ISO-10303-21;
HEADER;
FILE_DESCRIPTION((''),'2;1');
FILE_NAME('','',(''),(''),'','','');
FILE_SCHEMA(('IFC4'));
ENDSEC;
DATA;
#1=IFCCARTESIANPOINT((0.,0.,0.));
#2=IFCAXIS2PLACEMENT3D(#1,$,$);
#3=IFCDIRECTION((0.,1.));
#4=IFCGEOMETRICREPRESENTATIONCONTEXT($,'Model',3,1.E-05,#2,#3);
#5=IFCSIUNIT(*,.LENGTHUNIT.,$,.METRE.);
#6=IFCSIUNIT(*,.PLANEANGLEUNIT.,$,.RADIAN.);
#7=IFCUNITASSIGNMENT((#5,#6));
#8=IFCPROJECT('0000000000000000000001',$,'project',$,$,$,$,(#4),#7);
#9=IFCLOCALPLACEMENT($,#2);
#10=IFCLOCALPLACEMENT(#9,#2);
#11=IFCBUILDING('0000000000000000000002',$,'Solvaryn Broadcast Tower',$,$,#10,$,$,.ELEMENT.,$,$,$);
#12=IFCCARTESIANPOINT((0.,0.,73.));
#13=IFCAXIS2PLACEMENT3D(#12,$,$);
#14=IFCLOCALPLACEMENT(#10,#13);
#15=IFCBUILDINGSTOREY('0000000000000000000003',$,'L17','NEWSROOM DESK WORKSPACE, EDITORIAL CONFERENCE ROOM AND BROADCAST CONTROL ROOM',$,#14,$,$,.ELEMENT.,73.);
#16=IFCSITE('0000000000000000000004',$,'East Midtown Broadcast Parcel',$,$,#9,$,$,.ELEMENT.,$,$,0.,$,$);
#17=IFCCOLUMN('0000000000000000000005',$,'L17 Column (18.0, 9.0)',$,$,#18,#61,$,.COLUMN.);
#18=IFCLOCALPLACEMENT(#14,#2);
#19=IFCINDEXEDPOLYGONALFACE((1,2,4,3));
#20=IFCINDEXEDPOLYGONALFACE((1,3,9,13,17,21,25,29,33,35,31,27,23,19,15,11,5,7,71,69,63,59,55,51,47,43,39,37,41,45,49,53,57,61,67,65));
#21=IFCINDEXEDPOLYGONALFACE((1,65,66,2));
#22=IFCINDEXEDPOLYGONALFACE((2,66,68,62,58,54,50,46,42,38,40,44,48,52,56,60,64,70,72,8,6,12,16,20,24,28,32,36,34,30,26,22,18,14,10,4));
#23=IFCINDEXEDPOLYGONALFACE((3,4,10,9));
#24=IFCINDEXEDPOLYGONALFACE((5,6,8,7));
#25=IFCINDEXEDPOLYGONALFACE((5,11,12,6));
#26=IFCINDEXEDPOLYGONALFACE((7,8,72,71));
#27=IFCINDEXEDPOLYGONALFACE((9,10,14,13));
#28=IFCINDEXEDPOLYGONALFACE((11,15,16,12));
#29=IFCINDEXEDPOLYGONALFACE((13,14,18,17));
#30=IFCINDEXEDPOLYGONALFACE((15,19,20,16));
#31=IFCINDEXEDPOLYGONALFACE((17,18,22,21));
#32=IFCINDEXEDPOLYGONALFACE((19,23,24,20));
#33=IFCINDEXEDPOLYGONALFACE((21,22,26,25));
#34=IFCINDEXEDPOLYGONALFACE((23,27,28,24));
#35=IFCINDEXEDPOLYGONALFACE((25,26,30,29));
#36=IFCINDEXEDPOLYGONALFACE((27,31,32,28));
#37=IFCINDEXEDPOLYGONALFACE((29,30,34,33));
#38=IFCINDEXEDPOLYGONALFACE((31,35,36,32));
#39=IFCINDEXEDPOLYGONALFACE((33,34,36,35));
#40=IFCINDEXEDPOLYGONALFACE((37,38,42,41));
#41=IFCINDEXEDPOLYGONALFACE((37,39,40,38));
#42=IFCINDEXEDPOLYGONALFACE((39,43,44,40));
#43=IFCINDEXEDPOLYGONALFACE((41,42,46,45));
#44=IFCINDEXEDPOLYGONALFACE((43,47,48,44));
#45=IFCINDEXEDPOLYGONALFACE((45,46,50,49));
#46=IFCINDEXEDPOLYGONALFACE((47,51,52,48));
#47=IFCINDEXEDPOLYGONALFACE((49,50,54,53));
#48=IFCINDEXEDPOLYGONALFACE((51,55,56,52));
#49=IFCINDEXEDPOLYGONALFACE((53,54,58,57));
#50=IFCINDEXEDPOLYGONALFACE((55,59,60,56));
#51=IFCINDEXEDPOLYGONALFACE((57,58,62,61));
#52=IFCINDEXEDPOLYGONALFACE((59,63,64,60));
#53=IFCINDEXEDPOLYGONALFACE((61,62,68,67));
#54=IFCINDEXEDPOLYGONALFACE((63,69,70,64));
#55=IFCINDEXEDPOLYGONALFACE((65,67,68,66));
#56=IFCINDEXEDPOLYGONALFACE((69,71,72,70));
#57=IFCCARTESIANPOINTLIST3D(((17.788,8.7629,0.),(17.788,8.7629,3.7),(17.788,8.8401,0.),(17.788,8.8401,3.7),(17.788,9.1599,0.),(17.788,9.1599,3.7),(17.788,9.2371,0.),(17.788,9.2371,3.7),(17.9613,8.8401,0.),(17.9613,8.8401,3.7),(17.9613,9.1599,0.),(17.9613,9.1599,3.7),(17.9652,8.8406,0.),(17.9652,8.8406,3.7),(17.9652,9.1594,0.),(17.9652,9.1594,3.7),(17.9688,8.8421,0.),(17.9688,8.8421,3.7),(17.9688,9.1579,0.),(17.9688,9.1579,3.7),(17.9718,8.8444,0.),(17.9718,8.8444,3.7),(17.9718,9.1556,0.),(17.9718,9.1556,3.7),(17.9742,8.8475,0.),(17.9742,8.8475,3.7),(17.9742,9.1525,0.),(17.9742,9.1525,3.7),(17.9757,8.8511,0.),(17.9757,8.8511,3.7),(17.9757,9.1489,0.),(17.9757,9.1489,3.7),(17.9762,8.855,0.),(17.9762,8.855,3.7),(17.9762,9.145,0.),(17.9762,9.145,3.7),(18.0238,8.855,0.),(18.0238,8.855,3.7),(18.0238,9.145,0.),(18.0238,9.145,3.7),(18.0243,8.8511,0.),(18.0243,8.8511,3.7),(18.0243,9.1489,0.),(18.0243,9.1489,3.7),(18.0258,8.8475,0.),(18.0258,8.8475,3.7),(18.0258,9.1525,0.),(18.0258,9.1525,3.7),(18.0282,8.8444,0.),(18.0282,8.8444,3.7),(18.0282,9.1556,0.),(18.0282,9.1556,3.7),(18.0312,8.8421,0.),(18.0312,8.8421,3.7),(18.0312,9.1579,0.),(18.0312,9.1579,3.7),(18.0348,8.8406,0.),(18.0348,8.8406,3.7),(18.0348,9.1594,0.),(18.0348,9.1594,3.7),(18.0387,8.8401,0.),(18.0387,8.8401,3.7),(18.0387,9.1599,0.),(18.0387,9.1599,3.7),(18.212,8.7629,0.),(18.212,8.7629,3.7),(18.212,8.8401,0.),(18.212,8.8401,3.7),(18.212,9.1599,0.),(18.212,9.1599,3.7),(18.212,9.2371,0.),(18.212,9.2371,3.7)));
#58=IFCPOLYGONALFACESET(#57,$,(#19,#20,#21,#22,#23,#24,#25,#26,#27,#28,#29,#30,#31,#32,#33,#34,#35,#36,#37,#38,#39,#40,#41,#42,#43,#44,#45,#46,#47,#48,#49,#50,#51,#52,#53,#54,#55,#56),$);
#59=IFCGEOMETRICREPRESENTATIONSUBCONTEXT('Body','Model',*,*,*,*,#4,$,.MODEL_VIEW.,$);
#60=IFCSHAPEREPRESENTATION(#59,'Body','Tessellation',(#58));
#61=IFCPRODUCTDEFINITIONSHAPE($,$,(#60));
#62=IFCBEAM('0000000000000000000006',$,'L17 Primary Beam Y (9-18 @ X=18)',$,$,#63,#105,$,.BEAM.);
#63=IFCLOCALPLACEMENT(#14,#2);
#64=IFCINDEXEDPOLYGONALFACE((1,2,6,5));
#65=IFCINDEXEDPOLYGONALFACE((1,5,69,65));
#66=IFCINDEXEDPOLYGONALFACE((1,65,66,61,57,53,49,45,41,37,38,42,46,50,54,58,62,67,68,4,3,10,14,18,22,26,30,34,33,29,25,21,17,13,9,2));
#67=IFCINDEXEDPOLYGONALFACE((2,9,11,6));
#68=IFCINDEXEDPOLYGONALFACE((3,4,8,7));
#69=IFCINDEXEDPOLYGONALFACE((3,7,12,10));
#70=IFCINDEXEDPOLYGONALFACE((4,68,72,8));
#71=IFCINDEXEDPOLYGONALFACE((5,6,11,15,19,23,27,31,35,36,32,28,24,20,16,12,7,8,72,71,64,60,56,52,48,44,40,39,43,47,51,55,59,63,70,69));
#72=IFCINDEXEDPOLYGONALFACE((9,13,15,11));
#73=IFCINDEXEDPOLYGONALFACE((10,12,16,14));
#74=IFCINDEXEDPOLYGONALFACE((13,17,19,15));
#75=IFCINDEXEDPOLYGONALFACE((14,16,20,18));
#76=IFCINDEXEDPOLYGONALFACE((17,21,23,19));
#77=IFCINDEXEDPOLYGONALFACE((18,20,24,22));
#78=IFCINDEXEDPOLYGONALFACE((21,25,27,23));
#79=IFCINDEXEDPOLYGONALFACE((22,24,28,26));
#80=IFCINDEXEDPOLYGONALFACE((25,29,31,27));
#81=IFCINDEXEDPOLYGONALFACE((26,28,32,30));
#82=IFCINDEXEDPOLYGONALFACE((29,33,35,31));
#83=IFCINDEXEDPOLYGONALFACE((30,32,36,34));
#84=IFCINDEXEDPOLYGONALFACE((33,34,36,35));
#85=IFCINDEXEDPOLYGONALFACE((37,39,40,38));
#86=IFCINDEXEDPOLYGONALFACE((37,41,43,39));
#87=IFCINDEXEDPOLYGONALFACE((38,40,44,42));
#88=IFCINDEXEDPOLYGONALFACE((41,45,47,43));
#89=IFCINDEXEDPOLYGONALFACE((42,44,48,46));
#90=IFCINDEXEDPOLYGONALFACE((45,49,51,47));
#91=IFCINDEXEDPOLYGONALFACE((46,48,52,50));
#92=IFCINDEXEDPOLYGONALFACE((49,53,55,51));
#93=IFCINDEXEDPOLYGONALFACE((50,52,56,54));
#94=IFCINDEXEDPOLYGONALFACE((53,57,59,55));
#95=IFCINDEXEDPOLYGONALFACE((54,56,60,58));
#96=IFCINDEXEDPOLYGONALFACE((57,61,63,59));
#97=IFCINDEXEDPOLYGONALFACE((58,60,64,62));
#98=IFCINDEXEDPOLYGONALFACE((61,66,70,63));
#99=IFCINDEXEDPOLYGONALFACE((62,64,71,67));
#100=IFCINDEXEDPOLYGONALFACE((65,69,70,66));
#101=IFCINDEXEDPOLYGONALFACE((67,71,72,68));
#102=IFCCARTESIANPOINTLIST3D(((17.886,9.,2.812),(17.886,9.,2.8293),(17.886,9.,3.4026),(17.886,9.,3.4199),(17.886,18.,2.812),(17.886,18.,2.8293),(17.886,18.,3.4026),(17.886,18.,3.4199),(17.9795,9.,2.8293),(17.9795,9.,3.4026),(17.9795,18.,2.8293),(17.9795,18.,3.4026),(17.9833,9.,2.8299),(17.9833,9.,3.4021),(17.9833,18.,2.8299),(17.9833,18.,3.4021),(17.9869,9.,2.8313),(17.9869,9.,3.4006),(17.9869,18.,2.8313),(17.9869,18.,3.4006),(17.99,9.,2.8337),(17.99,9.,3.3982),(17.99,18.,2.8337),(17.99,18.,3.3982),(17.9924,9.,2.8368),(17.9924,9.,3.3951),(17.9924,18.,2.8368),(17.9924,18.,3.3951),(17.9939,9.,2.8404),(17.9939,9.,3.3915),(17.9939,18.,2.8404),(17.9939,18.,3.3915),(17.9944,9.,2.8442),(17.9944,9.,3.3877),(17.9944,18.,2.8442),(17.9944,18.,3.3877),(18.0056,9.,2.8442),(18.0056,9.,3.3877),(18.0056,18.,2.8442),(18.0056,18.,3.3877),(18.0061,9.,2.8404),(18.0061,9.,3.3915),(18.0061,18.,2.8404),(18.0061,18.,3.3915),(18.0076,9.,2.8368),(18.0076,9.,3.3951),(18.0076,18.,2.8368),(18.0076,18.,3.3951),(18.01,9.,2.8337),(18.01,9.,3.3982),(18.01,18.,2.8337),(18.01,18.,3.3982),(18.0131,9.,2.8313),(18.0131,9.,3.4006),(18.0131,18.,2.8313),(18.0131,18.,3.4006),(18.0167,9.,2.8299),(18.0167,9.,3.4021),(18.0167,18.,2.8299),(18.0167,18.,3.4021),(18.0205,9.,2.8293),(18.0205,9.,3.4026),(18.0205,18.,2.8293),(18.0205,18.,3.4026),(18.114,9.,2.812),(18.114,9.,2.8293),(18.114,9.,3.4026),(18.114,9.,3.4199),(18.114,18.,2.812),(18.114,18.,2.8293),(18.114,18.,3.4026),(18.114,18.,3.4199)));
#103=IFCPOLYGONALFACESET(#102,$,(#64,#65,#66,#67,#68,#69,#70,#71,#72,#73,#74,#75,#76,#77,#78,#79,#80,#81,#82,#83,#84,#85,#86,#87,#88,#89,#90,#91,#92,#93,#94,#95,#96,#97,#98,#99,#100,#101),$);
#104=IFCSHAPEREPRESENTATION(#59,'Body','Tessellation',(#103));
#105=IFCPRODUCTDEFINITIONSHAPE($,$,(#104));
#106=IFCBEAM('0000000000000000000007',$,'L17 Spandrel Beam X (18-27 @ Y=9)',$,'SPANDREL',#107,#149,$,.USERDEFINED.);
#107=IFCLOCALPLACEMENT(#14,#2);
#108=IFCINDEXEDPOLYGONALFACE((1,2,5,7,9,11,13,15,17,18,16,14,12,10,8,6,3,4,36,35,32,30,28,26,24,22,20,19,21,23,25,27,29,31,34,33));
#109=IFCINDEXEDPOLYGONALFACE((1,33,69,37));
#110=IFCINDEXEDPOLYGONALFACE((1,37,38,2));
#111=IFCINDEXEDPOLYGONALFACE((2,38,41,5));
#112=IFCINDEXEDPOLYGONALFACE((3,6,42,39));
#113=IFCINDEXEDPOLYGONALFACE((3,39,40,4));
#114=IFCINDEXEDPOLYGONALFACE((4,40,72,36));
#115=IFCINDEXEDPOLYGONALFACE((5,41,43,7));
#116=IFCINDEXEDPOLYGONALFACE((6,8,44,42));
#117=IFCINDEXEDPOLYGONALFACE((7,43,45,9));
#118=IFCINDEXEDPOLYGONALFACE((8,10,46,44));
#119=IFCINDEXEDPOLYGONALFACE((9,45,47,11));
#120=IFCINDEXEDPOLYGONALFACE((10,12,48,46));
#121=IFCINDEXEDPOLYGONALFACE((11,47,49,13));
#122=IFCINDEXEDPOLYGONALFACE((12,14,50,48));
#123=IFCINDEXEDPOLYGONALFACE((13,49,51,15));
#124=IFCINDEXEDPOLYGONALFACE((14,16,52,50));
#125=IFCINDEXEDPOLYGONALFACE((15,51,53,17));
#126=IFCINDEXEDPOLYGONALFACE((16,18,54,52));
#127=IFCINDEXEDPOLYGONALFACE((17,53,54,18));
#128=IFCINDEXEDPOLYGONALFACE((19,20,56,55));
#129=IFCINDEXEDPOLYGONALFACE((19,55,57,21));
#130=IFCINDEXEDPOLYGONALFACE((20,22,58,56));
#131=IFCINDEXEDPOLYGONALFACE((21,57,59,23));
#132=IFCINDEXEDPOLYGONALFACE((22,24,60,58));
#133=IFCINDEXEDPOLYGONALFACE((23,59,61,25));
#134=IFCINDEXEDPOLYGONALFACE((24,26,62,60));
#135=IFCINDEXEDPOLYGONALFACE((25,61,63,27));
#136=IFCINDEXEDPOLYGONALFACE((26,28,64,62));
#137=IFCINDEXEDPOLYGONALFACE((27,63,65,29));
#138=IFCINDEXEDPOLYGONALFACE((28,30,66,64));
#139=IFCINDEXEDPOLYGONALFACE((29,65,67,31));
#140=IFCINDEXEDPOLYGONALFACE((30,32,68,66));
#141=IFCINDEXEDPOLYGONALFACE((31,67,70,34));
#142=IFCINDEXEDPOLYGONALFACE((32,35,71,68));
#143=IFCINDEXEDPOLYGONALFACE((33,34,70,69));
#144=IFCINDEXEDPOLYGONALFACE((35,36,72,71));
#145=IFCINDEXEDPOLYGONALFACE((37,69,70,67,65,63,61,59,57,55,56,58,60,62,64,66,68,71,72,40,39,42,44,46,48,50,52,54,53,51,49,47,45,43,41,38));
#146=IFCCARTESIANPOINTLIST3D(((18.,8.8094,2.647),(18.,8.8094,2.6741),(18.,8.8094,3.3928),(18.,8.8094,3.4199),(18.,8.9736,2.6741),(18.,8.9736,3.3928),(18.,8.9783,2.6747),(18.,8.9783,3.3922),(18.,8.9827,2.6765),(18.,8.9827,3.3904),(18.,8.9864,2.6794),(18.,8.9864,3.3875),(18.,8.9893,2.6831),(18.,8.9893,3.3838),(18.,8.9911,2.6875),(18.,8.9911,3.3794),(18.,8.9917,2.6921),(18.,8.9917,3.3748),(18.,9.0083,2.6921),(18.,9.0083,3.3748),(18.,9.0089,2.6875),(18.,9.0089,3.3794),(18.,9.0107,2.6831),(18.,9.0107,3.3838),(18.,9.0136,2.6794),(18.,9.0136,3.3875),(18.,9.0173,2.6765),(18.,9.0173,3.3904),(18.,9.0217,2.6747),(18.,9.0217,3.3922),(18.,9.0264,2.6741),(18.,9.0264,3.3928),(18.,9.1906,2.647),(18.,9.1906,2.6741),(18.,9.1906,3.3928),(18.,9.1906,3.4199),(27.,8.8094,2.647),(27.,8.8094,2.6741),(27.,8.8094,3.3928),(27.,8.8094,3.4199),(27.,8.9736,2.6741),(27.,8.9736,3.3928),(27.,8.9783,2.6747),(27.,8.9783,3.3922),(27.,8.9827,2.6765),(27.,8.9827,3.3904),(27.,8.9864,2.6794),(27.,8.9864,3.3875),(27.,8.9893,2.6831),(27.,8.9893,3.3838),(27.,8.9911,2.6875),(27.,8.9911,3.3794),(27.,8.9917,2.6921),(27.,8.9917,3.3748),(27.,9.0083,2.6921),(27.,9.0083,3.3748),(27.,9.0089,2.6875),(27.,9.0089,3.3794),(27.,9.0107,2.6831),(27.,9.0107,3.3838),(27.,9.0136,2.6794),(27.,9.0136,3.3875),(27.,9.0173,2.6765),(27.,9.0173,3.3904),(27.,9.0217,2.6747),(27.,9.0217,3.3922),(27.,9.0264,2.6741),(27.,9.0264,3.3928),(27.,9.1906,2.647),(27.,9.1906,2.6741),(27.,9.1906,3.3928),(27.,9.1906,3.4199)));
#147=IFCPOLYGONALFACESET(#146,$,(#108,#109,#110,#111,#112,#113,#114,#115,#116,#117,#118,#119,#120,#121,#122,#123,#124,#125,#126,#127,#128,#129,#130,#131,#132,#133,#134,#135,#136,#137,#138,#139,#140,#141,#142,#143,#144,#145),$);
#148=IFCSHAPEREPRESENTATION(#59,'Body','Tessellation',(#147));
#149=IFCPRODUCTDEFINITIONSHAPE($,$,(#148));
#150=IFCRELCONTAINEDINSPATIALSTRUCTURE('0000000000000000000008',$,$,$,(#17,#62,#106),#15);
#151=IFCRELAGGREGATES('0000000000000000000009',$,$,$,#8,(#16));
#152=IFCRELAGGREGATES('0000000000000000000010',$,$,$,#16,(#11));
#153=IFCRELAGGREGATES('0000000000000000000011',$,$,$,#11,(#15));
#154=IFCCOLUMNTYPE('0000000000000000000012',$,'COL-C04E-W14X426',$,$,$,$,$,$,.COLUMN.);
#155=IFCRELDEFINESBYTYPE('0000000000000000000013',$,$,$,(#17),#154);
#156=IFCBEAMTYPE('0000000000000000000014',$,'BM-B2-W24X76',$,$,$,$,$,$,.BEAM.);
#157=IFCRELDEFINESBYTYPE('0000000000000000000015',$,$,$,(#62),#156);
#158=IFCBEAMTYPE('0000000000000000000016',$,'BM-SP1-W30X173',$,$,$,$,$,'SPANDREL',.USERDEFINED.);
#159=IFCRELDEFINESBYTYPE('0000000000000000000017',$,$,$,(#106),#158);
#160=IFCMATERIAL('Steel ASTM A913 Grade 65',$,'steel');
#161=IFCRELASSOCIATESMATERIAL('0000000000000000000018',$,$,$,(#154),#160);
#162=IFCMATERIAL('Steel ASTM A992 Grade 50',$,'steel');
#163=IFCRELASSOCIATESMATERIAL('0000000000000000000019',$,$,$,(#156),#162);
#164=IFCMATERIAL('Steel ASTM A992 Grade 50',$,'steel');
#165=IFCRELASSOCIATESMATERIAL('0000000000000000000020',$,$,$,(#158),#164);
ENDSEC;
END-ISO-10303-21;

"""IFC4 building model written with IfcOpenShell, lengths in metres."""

from ifc_helpers import new_model, si_unit, direction, frame, origin, origin_2d, place, context, subcontext, project, spatial, i_section, extrude, material, material_profile, profile_set, type_object, element, save


model = new_model("IFC4")

# Units and contexts
model_context = context("Model", 3, precision=1e-05, world=origin(), true_north=direction((0.0, 1.0)))
body_context = subcontext(model_context, "Body", "Model", "MODEL_VIEW")
ifc_project = project(units=[si_unit("LENGTHUNIT", "METRE"), si_unit("PLANEANGLEUNIT", "RADIAN")], contexts=[model_context])

# Site, building, storey
site_placement = place(None, origin())
site = spatial("IfcSite", under=ifc_project, at=site_placement, Name="East Midtown Broadcast Parcel", CompositionType="ELEMENT", RefElevation=0.0)
building_placement = place(site_placement, origin())
building = spatial("IfcBuilding", under=site, at=building_placement, Name="Solvaryn Broadcast Tower", CompositionType="ELEMENT")
storey_placement = place(building_placement, frame((0.0, 0.0, 73.0)))
storey = spatial("IfcBuildingStorey", under=building, at=storey_placement, Name="L17", Description="NEWSROOM DESK WORKSPACE, EDITORIAL CONFERENCE ROOM AND BROADCAST CONTROL ROOM", CompositionType="ELEMENT", Elevation=73.0)

# Column
ifc_material_1 = material(Name="Steel ASTM A913 Grade 65", Category="steel")
ifc_material_profile_1 = material_profile(ifc_material_1, i_section(OverallWidth=0.4241, OverallDepth=0.4741, WebThickness=0.0476, FlangeThickness=0.0771, FilletRadius=0.0149, at=origin_2d()))
ifc_profile_set_1 = profile_set([ifc_material_profile_1], Name="Steel ASTM A913 Grade 65")
column_type = type_object("IfcColumnType", Name="COL-C04E-W14X426", PredefinedType="COLUMN", material=ifc_profile_set_1)
column_placement = place(storey_placement, frame((18.0, 9.0, 0.0), z_axis=(0.0, 0.0, 1.0), x_axis=(1.0, 0.0, 0.0)))
element("IfcColumn", 1, at=column_placement, inside=storey, type_object=column_type, Name="L17 Column (18.0, 9.0)", PredefinedType="COLUMN", context=body_context, shape_type="SweptSolid", body=[
    extrude(i_section(OverallWidth=0.4241, OverallDepth=0.4741, WebThickness=0.0476, FlangeThickness=0.0771, FilletRadius=0.0149, at=origin_2d()), origin(), (0.0, 0.0, 1.0), 3.7),
])

# Beams
ifc_material_2 = material(Name="Steel ASTM A992 Grade 50", Category="steel")
ifc_material_profile_2 = material_profile(ifc_material_2, i_section(OverallWidth=0.228, OverallDepth=0.6079, WebThickness=0.0112, FlangeThickness=0.0173, FilletRadius=0.0149, at=origin_2d()))
ifc_profile_set_2 = profile_set([ifc_material_profile_2], Name="Steel ASTM A992 Grade 50")
beam_type_1 = type_object("IfcBeamType", Name="BM-B2-W24X76", PredefinedType="BEAM", material=ifc_profile_set_2)
beam_1_placement = place(storey_placement, frame((18.0, 9.0, 3.116), z_axis=(0.0, 1.0, 0.0), x_axis=(-1.0, 0.0, 0.0)))
element("IfcBeam", 2, at=beam_1_placement, inside=storey, type_object=beam_type_1, Name="L17 Primary Beam Y (9-18 @ X=18)", PredefinedType="BEAM", context=body_context, shape_type="SweptSolid", body=[
    extrude(i_section(OverallWidth=0.228, OverallDepth=0.6079, WebThickness=0.0112, FlangeThickness=0.0173, FilletRadius=0.0149, at=origin_2d()), origin(), (0.0, 0.0, 1.0), 9.0),
])
ifc_material_3 = material(Name="Steel ASTM A992 Grade 50", Category="steel")
ifc_material_profile_3 = material_profile(ifc_material_3, i_section(OverallWidth=0.3811, OverallDepth=0.7729, WebThickness=0.0166, FlangeThickness=0.0271, FilletRadius=0.0181, at=origin_2d()))
ifc_profile_set_3 = profile_set([ifc_material_profile_3], Name="Steel ASTM A992 Grade 50")
beam_type_2 = type_object("IfcBeamType", Name="BM-SP1-W30X173", ElementType="SPANDREL", PredefinedType="USERDEFINED", material=ifc_profile_set_3)
beam_2_placement = place(storey_placement, frame((18.0, 9.0, 3.0334), z_axis=(1.0, 0.0, 0.0), x_axis=(0.0, 1.0, 0.0)))
element("IfcBeam", 3, at=beam_2_placement, inside=storey, type_object=beam_type_2, Name="L17 Spandrel Beam X (18-27 @ Y=9)", ObjectType="SPANDREL", PredefinedType="USERDEFINED", context=body_context, shape_type="SweptSolid", body=[
    extrude(i_section(OverallWidth=0.3811, OverallDepth=0.7729, WebThickness=0.0166, FlangeThickness=0.0271, FilletRadius=0.0181, at=origin_2d()), origin(), (0.0, 0.0, 1.0), 9.0),
])

save(model, "model.ifc")
